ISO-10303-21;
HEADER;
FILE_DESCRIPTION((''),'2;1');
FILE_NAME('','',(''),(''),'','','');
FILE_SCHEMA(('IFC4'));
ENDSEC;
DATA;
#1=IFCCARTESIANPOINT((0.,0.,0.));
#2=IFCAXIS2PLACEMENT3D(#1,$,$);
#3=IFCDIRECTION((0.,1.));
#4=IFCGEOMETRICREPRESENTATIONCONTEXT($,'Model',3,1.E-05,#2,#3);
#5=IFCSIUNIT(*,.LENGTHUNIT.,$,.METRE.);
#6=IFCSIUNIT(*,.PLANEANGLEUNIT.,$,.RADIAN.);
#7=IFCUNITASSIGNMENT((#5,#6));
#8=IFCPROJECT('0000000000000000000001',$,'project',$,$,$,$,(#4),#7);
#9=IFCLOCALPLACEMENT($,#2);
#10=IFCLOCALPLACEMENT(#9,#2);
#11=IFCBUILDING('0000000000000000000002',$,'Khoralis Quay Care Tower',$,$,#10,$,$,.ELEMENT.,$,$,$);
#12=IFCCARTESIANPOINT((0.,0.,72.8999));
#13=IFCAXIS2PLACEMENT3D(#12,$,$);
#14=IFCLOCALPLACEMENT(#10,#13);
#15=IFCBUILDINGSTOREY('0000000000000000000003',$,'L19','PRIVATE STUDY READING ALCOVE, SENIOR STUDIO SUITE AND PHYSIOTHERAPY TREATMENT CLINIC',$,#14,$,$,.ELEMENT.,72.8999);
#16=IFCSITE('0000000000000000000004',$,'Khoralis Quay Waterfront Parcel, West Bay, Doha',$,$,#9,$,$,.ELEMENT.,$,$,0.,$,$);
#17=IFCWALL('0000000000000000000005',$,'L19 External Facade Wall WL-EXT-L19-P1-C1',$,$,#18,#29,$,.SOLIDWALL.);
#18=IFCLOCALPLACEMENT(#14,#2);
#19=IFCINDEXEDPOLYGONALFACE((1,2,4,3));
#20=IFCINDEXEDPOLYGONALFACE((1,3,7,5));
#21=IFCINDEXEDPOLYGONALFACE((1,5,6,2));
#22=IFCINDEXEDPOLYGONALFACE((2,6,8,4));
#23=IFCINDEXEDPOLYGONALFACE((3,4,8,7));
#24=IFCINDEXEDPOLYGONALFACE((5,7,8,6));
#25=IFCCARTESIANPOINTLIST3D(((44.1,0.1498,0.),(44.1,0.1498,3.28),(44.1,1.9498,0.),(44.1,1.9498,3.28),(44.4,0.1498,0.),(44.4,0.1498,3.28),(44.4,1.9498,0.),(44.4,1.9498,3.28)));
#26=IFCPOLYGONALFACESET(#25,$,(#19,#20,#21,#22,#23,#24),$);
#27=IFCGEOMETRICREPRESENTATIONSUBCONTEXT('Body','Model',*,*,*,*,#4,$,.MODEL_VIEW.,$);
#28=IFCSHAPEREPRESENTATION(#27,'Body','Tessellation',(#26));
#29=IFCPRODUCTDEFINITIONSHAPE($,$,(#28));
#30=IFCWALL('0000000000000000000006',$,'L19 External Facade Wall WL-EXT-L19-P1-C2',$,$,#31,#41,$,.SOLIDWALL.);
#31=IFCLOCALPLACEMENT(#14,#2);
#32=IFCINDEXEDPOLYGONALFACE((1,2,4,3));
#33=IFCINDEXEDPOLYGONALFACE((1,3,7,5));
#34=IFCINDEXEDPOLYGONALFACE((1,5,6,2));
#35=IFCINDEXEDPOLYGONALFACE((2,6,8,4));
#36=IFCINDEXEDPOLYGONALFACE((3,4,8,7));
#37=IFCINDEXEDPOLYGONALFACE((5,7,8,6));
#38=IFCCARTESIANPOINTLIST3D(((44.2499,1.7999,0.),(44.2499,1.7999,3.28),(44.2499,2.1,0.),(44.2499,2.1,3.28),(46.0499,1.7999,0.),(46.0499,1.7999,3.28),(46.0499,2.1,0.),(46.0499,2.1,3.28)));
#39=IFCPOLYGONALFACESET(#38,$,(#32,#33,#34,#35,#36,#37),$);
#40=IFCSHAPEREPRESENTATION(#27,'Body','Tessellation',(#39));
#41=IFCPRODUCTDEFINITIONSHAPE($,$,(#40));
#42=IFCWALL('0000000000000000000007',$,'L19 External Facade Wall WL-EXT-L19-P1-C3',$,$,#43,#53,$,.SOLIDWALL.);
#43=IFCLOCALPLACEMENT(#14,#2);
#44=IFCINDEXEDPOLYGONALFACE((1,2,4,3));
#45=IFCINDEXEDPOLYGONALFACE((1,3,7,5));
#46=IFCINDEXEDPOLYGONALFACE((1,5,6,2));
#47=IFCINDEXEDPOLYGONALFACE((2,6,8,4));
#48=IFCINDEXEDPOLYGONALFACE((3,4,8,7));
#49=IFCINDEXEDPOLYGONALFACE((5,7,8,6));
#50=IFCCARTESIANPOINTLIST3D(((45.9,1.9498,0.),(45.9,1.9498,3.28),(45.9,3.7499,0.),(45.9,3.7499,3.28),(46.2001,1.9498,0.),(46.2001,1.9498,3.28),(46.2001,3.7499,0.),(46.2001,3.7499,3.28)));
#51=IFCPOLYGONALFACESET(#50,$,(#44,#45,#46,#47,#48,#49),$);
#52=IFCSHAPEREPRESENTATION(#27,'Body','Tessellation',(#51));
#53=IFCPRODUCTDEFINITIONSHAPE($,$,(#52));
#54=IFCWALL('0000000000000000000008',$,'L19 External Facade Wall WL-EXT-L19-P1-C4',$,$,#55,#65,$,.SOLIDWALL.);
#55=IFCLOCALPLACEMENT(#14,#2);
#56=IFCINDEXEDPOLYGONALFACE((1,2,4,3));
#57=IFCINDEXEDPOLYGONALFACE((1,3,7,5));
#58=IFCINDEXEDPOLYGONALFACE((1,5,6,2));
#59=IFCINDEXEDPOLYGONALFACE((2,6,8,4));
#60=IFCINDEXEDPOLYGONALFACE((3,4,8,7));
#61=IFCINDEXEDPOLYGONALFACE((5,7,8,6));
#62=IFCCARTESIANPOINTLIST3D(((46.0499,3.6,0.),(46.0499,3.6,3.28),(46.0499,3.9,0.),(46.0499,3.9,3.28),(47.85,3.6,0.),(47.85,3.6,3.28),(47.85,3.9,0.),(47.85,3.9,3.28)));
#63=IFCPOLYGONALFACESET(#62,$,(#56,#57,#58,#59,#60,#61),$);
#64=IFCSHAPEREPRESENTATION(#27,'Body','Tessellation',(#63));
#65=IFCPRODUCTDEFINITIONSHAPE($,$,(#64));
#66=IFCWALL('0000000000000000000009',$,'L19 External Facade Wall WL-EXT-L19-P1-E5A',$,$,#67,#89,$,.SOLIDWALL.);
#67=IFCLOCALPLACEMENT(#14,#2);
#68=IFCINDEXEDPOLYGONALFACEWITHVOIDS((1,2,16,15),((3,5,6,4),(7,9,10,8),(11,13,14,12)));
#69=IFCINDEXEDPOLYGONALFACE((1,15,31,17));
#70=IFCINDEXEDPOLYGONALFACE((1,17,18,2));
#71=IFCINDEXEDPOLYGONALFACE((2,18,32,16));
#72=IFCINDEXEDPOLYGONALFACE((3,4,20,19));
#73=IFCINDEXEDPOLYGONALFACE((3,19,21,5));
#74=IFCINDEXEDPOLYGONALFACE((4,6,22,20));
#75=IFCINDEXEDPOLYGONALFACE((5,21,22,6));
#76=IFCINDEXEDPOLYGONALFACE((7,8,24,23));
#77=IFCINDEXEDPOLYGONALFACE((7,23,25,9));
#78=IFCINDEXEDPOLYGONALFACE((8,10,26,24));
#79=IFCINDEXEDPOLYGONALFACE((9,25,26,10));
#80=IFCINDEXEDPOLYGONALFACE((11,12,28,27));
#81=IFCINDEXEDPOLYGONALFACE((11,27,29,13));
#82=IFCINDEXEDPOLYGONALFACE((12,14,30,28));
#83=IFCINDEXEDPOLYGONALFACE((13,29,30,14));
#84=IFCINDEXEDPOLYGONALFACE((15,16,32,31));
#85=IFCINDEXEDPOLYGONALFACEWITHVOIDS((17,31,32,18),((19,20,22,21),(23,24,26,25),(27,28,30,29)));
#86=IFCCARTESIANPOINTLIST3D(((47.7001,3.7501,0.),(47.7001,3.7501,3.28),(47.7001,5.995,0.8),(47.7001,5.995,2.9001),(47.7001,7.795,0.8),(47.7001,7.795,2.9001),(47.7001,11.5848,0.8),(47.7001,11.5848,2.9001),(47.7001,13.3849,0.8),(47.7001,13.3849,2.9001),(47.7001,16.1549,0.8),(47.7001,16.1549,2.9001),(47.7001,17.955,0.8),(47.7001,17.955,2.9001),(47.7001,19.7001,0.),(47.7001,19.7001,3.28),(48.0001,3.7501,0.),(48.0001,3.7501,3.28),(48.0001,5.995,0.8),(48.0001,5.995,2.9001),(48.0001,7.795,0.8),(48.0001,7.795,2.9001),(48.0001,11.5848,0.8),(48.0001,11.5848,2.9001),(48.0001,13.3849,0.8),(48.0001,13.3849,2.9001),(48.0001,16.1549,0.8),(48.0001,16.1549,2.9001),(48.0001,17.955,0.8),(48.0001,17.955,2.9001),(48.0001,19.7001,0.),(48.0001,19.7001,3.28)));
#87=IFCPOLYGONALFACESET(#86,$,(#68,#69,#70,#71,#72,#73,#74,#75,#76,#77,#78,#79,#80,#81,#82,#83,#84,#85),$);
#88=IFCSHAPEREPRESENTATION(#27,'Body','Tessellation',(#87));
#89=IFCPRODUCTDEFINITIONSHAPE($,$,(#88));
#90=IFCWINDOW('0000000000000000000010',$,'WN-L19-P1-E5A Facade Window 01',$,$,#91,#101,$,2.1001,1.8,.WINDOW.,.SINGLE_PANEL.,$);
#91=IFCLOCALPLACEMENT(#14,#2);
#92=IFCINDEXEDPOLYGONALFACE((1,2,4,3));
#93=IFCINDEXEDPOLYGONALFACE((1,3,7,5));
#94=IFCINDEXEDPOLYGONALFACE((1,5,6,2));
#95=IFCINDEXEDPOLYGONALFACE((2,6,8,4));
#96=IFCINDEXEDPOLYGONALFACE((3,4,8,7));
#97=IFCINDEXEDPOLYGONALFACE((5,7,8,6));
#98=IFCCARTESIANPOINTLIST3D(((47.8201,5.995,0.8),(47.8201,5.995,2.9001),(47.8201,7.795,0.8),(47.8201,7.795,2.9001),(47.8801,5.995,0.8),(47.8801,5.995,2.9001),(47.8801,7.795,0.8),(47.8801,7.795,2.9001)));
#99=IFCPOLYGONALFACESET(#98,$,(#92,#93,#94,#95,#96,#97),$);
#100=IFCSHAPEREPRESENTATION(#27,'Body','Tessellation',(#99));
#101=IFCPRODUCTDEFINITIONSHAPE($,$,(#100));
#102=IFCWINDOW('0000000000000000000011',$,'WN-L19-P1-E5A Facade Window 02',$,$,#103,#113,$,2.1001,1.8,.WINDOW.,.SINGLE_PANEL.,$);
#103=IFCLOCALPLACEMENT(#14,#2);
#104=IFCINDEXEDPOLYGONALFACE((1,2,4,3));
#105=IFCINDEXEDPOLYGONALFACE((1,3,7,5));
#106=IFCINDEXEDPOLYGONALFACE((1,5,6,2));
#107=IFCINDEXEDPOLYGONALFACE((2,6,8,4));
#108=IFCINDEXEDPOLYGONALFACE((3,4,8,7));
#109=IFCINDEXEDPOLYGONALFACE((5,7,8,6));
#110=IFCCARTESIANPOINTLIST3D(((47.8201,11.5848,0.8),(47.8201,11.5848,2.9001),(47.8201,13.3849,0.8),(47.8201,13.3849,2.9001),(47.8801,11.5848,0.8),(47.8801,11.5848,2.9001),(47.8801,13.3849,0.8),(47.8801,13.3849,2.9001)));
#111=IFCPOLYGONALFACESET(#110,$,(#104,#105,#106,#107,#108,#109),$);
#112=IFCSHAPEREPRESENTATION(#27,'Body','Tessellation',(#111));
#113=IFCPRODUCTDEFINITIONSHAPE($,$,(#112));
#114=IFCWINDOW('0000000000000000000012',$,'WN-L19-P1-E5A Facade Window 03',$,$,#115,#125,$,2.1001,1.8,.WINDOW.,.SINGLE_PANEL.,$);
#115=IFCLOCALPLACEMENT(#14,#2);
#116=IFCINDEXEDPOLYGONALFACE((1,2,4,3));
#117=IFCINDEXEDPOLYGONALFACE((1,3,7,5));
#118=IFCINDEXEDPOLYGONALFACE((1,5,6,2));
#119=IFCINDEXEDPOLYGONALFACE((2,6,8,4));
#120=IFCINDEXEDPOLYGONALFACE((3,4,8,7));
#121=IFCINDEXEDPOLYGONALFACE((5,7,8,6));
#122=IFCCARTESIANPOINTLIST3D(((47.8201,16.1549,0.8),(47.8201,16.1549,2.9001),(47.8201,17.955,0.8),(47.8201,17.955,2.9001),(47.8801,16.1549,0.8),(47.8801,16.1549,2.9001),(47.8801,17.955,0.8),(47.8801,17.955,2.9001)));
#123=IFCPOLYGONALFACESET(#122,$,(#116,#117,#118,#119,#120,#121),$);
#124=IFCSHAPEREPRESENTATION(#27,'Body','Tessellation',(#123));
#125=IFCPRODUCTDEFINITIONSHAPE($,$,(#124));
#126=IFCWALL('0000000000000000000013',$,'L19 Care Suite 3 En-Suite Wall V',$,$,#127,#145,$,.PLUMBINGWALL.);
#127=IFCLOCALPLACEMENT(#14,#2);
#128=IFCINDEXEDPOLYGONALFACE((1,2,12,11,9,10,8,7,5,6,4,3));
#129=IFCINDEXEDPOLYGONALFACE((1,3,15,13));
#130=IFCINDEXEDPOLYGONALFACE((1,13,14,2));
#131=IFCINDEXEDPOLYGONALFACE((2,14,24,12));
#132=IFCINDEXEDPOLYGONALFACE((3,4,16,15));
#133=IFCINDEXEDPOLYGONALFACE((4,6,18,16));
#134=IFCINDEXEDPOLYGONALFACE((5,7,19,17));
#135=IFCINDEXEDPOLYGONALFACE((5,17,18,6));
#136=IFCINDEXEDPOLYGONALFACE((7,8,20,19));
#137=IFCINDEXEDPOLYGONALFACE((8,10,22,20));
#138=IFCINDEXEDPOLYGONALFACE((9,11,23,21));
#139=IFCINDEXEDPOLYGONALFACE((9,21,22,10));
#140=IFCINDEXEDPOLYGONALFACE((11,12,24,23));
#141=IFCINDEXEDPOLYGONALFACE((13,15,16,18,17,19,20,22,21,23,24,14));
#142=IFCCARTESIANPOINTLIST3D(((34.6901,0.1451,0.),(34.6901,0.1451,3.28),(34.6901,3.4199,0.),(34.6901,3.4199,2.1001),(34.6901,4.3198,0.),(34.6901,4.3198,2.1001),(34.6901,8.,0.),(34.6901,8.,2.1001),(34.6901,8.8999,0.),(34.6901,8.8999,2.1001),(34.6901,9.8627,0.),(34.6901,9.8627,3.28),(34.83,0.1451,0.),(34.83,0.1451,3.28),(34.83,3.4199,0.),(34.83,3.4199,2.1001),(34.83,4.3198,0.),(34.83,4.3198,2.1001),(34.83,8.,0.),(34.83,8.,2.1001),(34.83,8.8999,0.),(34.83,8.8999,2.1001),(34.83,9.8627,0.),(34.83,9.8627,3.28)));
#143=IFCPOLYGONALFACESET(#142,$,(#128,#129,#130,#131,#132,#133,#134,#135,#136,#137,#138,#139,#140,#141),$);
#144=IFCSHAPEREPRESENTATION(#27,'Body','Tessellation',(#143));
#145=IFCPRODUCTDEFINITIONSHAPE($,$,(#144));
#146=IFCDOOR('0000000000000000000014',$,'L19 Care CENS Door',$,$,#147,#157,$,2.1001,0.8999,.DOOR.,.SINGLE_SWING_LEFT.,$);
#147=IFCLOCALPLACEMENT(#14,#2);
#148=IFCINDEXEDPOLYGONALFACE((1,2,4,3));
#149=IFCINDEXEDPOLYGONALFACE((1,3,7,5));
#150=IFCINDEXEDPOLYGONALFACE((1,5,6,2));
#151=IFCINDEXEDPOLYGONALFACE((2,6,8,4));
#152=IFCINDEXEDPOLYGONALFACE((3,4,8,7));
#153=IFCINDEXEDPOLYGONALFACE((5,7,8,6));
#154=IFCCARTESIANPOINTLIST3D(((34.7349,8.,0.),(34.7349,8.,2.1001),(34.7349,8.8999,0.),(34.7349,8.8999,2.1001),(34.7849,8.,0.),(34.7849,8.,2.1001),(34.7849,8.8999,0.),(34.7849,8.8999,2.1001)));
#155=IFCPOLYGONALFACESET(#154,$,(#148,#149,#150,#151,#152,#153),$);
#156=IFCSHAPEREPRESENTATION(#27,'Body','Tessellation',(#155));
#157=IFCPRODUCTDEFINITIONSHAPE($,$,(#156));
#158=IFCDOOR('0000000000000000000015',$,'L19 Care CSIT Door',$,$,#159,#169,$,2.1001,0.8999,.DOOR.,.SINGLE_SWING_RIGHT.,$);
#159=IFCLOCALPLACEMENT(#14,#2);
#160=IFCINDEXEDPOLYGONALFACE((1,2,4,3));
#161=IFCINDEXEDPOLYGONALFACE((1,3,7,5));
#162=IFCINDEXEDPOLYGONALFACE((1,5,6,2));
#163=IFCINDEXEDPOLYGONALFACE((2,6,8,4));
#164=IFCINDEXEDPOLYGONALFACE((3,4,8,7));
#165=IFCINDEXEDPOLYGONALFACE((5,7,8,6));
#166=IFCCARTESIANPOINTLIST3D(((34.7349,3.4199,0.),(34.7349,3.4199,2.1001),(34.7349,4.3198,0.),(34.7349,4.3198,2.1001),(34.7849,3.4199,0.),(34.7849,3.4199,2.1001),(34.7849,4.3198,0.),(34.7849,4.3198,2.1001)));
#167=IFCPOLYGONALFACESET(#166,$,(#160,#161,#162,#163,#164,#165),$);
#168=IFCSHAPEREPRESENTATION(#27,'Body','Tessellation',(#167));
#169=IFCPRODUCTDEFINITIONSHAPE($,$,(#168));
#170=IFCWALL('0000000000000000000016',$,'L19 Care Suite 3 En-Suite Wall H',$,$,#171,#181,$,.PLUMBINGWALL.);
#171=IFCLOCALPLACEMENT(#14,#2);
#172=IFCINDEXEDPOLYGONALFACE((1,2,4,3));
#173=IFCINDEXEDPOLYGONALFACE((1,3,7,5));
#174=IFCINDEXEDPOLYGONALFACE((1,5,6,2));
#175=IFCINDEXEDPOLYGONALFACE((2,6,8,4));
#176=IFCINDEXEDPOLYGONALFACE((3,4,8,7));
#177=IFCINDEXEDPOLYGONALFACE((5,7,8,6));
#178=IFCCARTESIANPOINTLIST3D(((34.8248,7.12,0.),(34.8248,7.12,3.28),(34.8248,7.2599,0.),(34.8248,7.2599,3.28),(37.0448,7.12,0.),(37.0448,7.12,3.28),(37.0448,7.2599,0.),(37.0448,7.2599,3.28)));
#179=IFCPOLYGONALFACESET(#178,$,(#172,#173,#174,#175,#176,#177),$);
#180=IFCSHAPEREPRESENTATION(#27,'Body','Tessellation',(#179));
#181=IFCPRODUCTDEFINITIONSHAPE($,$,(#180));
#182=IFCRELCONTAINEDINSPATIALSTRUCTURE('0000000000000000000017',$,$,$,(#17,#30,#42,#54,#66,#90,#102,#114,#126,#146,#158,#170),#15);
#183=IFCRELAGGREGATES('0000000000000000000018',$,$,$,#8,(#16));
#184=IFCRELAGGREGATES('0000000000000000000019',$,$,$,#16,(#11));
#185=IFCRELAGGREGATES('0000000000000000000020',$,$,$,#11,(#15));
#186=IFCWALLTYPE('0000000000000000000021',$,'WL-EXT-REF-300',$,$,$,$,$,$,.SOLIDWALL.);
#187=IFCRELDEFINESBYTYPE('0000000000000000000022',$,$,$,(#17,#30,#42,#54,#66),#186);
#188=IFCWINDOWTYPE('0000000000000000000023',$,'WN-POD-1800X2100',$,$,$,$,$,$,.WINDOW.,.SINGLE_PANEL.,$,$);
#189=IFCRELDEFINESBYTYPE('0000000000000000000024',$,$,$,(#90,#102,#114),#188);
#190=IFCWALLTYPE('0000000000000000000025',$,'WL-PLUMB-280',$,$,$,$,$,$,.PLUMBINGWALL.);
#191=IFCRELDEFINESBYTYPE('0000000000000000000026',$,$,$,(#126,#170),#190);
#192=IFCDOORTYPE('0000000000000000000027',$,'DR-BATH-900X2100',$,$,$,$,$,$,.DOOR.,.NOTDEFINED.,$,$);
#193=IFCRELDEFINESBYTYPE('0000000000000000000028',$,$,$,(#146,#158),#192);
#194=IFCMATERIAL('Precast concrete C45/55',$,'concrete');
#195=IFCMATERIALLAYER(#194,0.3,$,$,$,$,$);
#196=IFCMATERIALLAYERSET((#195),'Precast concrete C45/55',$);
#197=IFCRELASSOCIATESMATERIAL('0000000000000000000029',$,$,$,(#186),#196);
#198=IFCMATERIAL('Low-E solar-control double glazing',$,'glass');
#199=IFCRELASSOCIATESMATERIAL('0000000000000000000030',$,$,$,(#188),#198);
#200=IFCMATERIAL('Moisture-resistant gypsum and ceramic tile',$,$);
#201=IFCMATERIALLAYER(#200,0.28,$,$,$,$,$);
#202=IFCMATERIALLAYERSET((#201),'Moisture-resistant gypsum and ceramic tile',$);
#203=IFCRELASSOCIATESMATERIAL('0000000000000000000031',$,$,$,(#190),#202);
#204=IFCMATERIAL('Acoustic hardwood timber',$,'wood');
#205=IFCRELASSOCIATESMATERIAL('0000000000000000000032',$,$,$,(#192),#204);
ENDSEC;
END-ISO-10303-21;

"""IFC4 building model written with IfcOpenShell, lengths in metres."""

from ifc_helpers import new_model, si_unit, direction, frame, frame_2d, origin, place, context, subcontext, project, spatial, rectangle, extrude, source, transform, mapped, material, layer, layer_set, type_object, element, fill, save


model = new_model("IFC4")

# Units and contexts
model_context = context("Model", 3, precision=1e-05, world=origin(), true_north=direction((0.0, 1.0)))
body_context = subcontext(model_context, "Body", "Model", "MODEL_VIEW")
ifc_project = project(units=[si_unit("LENGTHUNIT", "METRE"), si_unit("PLANEANGLEUNIT", "RADIAN")], contexts=[model_context])

# Site, building, storey
site_placement = place(None, origin())
site = spatial("IfcSite", under=ifc_project, at=site_placement, Name="Khoralis Quay Waterfront Parcel, West Bay, Doha", CompositionType="ELEMENT", RefElevation=0.0)
building_placement = place(site_placement, origin())
building = spatial("IfcBuilding", under=site, at=building_placement, Name="Khoralis Quay Care Tower", CompositionType="ELEMENT")
storey_placement = place(building_placement, frame((0.0, 0.0, 72.8999)))
storey = spatial("IfcBuildingStorey", under=building, at=storey_placement, Name="L19", Description="PRIVATE STUDY READING ALCOVE, SENIOR STUDIO SUITE AND PHYSIOTHERAPY TREATMENT CLINIC", CompositionType="ELEMENT", Elevation=72.8999)

# Shared definitions
ifc_material_1 = material(Name="Acoustic hardwood timber", Category="wood")

# Walls
ifc_material_2 = material(Name="Precast concrete C45/55", Category="concrete")
ifc_layer_1 = layer(ifc_material_2, 0.3)
ifc_layer_set_1 = layer_set([ifc_layer_1], Name="Precast concrete C45/55")
wall_type_1 = type_object("IfcWallType", Name="WL-EXT-REF-300", PredefinedType="SOLIDWALL", material=ifc_layer_set_1)
for number, where, z_axis, x_axis, name in (
    (1, (44.25, 0.1499, 0.0), (0.0, 0.0, 1.0), (0.0, 1.0, 0.0), "L19 External Facade Wall WL-EXT-L19-P1-C1"),
    (2, (44.25, 1.95, 0.0), (0.0, 0.0, 1.0), (1.0, 0.0, 0.0), "L19 External Facade Wall WL-EXT-L19-P1-C2"),
    (3, (46.05, 1.95, 0.0), (0.0, 0.0, 1.0), (0.0, 1.0, 0.0), "L19 External Facade Wall WL-EXT-L19-P1-C3"),
    (4, (46.05, 3.75, 0.0), (0.0, 0.0, 1.0), (1.0, 0.0, 0.0), "L19 External Facade Wall WL-EXT-L19-P1-C4"),
):
    element("IfcWall", number, at=place(storey_placement, frame(where, z_axis=z_axis, x_axis=x_axis)), inside=storey, type_object=wall_type_1, Name=name, PredefinedType="SOLIDWALL", context=body_context, shape_type="SweptSolid", body=[
        extrude(rectangle(XDim=1.8, YDim=0.3, at=frame_2d((0.8999, 0.0))), origin(), (0.0, 0.0, 1.0), 3.28),
    ])

# Wall, openings, windows
wall_1_placement = place(storey_placement, frame((47.8501, 3.75, 0.0), z_axis=(0.0, 0.0, 1.0), x_axis=(0.0, 1.0, 0.0)))
wall_1 = element("IfcWall", 5, at=wall_1_placement, inside=storey, type_object=wall_type_1, Name="L19 External Facade Wall WL-EXT-L19-P1-E5A", PredefinedType="SOLIDWALL", context=body_context, shape_type="SweptSolid", body=[
    extrude(rectangle(XDim=15.95, YDim=0.3, at=frame_2d((7.9751, 0.0))), origin(), (0.0, 0.0, 1.0), 3.28),
])
opening_1_placement = place(wall_1_placement, frame((2.2451, 0.0, 0.8)))
opening_1 = element("IfcOpeningElement", 6, at=opening_1_placement, cuts=wall_1, PredefinedType="OPENING", context=body_context, shape_type="SweptSolid", body=[
    extrude(rectangle(XDim=1.8, YDim=2.1001, at=frame_2d((0.8999, 1.05))), frame((0.0, 0.1602, 0.0), z_axis=(0.0, -1.0, 0.0), x_axis=(1.0, 0.0, 0.0)), (0.0, 0.0, 1.0), 0.3201),
])
opening_2_placement = place(wall_1_placement, frame((7.835, 0.0, 0.8)))
opening_2 = element("IfcOpeningElement", 7, at=opening_2_placement, cuts=wall_1, PredefinedType="OPENING", context=body_context, shape_type="SweptSolid", body=[
    extrude(rectangle(XDim=1.8, YDim=2.1001, at=frame_2d((0.8999, 1.05))), frame((0.0, 0.1602, 0.0), z_axis=(0.0, -1.0, 0.0), x_axis=(1.0, 0.0, 0.0)), (0.0, 0.0, 1.0), 0.3201),
])
opening_3_placement = place(wall_1_placement, frame((12.405, 0.0, 0.8)))
opening_3 = element("IfcOpeningElement", 8, at=opening_3_placement, cuts=wall_1, PredefinedType="OPENING", context=body_context, shape_type="SweptSolid", body=[
    extrude(rectangle(XDim=1.8, YDim=2.1001, at=frame_2d((0.8999, 1.05))), frame((0.0, 0.1602, 0.0), z_axis=(0.0, -1.0, 0.0), x_axis=(1.0, 0.0, 0.0)), (0.0, 0.0, 1.0), 0.3201),
])
ifc_material_3 = material(Name="Low-E solar-control double glazing", Category="glass")
window_type = type_object("IfcWindowType", Name="WN-POD-1800X2100", PartitioningType="SINGLE_PANEL", PredefinedType="WINDOW", material=ifc_material_3)
shared_shape_1 = source(origin(), body_context, "Body", "SweptSolid", [
    extrude(rectangle(XDim=1.8, YDim=2.1001, at=frame_2d((0.8999, 1.05))), frame((0.0, 0.03, 0.0), z_axis=(0.0, -1.0, 0.0), x_axis=(1.0, 0.0, 0.0)), (0.0, 0.0, 1.0), 0.0601),
])
window_1_placement = place(opening_1_placement, origin())
window_1 = element("IfcWindow", 9, at=window_1_placement, inside=storey, type_object=window_type, Name="WN-L19-P1-E5A Facade Window 01", OverallHeight=2.1001, OverallWidth=1.8, PartitioningType="SINGLE_PANEL", PredefinedType="WINDOW", context=body_context, shape_type="MappedRepresentation", body=[
    mapped(shared_shape_1, transform((0.0, 0.0, 0.0), scale=1.0)),
])
fill(opening_1, window_1)
window_2_placement = place(opening_2_placement, origin())
window_2 = element("IfcWindow", 10, at=window_2_placement, inside=storey, type_object=window_type, Name="WN-L19-P1-E5A Facade Window 02", OverallHeight=2.1001, OverallWidth=1.8, PartitioningType="SINGLE_PANEL", PredefinedType="WINDOW", context=body_context, shape_type="MappedRepresentation", body=[
    mapped(shared_shape_1, transform((0.0, 0.0, 0.0), scale=1.0)),
])
fill(opening_2, window_2)
window_3_placement = place(opening_3_placement, origin())
window_3 = element("IfcWindow", 11, at=window_3_placement, inside=storey, type_object=window_type, Name="WN-L19-P1-E5A Facade Window 03", OverallHeight=2.1001, OverallWidth=1.8, PartitioningType="SINGLE_PANEL", PredefinedType="WINDOW", context=body_context, shape_type="MappedRepresentation", body=[
    mapped(shared_shape_1, transform((0.0, 0.0, 0.0), scale=1.0)),
])
fill(opening_3, window_3)

# Wall, openings, doors
ifc_material_4 = material(Name="Moisture-resistant gypsum and ceramic tile")
ifc_layer_2 = layer(ifc_material_4, 0.28)
ifc_layer_set_2 = layer_set([ifc_layer_2], Name="Moisture-resistant gypsum and ceramic tile")
wall_type_2 = type_object("IfcWallType", Name="WL-PLUMB-280", PredefinedType="PLUMBINGWALL", material=ifc_layer_set_2)
wall_2_placement = place(storey_placement, frame((34.76, 0.145, 0.0), z_axis=(0.0, 0.0, 1.0), x_axis=(0.0, 1.0, 0.0)))
wall_2 = element("IfcWall", 12, at=wall_2_placement, inside=storey, type_object=wall_type_2, Name="L19 Care Suite 3 En-Suite Wall V", PredefinedType="PLUMBINGWALL", context=body_context, shape_type="SweptSolid", body=[
    extrude(rectangle(XDim=9.7175, YDim=0.1399, at=frame_2d((4.8589, 0.0))), origin(), (0.0, 0.0, 1.0), 3.28),
])
opening_4_placement = place(wall_2_placement, frame((7.855, 0.0, 0.0)))
opening_4 = element("IfcOpeningElement", 13, at=opening_4_placement, cuts=wall_2, PredefinedType="OPENING", context=body_context, shape_type="SweptSolid", body=[
    extrude(rectangle(XDim=0.8999, YDim=2.1001, at=frame_2d((0.45, 1.05))), frame((0.0, 0.0801, 0.0), z_axis=(0.0, -1.0, 0.0), x_axis=(1.0, 0.0, 0.0)), (0.0, 0.0, 1.0), 0.1599),
])
opening_5_placement = place(wall_2_placement, frame((3.2749, 0.0, 0.0)))
opening_5 = element("IfcOpeningElement", 14, at=opening_5_placement, cuts=wall_2, PredefinedType="OPENING", context=body_context, shape_type="SweptSolid", body=[
    extrude(rectangle(XDim=0.8999, YDim=2.1001, at=frame_2d((0.45, 1.05))), frame((0.0, 0.0801, 0.0), z_axis=(0.0, -1.0, 0.0), x_axis=(1.0, 0.0, 0.0)), (0.0, 0.0, 1.0), 0.1599),
])
door_type_1 = type_object("IfcDoorType", Name="DR-BATH-900X2100", OperationType="NOTDEFINED", PredefinedType="DOOR", material=ifc_material_1)
shared_shape_2 = source(origin(), body_context, "Body", "SweptSolid", [
    extrude(rectangle(XDim=0.8999, YDim=2.1001, at=frame_2d((0.45, 1.05))), frame((0.0, 0.0249, 0.0), z_axis=(0.0, -1.0, 0.0), x_axis=(1.0, 0.0, 0.0)), (0.0, 0.0, 1.0), 0.05),
])
door_1_placement = place(opening_4_placement, frame((0.8999, 0.0, 0.0), z_axis=(0.0, 0.0, 1.0), x_axis=(-1.0, 0.0, 0.0)))
door_1 = element("IfcDoor", 15, at=door_1_placement, inside=storey, type_object=door_type_1, Name="L19 Care CENS Door", OperationType="SINGLE_SWING_LEFT", OverallHeight=2.1001, OverallWidth=0.8999, PredefinedType="DOOR", context=body_context, shape_type="MappedRepresentation", body=[
    mapped(shared_shape_2, transform((0.0, 0.0, 0.0), scale=1.0)),
])
fill(opening_4, door_1)
door_2_placement = place(opening_5_placement, frame((0.8999, 0.0, 0.0), z_axis=(0.0, 0.0, 1.0), x_axis=(-1.0, 0.0, 0.0)))
door_2 = element("IfcDoor", 16, at=door_2_placement, inside=storey, type_object=door_type_1, Name="L19 Care CSIT Door", OperationType="SINGLE_SWING_RIGHT", OverallHeight=2.1001, OverallWidth=0.8999, PredefinedType="DOOR", context=body_context, shape_type="MappedRepresentation", body=[
    mapped(shared_shape_2, transform((0.0, 0.0, 0.0), scale=1.0)),
])
fill(opening_5, door_2)

# Wall
wall_3_placement = place(storey_placement, frame((34.825, 7.1899, 0.0), z_axis=(0.0, 0.0, 1.0), x_axis=(1.0, 0.0, 0.0)))
element("IfcWall", 17, at=wall_3_placement, inside=storey, type_object=wall_type_2, Name="L19 Care Suite 3 En-Suite Wall H", PredefinedType="PLUMBINGWALL", context=body_context, shape_type="SweptSolid", body=[
    extrude(rectangle(XDim=2.22, YDim=0.1399, at=frame_2d((1.1099, 0.0))), origin(), (0.0, 0.0, 1.0), 3.28),
])

save(model, "model.ifc")
